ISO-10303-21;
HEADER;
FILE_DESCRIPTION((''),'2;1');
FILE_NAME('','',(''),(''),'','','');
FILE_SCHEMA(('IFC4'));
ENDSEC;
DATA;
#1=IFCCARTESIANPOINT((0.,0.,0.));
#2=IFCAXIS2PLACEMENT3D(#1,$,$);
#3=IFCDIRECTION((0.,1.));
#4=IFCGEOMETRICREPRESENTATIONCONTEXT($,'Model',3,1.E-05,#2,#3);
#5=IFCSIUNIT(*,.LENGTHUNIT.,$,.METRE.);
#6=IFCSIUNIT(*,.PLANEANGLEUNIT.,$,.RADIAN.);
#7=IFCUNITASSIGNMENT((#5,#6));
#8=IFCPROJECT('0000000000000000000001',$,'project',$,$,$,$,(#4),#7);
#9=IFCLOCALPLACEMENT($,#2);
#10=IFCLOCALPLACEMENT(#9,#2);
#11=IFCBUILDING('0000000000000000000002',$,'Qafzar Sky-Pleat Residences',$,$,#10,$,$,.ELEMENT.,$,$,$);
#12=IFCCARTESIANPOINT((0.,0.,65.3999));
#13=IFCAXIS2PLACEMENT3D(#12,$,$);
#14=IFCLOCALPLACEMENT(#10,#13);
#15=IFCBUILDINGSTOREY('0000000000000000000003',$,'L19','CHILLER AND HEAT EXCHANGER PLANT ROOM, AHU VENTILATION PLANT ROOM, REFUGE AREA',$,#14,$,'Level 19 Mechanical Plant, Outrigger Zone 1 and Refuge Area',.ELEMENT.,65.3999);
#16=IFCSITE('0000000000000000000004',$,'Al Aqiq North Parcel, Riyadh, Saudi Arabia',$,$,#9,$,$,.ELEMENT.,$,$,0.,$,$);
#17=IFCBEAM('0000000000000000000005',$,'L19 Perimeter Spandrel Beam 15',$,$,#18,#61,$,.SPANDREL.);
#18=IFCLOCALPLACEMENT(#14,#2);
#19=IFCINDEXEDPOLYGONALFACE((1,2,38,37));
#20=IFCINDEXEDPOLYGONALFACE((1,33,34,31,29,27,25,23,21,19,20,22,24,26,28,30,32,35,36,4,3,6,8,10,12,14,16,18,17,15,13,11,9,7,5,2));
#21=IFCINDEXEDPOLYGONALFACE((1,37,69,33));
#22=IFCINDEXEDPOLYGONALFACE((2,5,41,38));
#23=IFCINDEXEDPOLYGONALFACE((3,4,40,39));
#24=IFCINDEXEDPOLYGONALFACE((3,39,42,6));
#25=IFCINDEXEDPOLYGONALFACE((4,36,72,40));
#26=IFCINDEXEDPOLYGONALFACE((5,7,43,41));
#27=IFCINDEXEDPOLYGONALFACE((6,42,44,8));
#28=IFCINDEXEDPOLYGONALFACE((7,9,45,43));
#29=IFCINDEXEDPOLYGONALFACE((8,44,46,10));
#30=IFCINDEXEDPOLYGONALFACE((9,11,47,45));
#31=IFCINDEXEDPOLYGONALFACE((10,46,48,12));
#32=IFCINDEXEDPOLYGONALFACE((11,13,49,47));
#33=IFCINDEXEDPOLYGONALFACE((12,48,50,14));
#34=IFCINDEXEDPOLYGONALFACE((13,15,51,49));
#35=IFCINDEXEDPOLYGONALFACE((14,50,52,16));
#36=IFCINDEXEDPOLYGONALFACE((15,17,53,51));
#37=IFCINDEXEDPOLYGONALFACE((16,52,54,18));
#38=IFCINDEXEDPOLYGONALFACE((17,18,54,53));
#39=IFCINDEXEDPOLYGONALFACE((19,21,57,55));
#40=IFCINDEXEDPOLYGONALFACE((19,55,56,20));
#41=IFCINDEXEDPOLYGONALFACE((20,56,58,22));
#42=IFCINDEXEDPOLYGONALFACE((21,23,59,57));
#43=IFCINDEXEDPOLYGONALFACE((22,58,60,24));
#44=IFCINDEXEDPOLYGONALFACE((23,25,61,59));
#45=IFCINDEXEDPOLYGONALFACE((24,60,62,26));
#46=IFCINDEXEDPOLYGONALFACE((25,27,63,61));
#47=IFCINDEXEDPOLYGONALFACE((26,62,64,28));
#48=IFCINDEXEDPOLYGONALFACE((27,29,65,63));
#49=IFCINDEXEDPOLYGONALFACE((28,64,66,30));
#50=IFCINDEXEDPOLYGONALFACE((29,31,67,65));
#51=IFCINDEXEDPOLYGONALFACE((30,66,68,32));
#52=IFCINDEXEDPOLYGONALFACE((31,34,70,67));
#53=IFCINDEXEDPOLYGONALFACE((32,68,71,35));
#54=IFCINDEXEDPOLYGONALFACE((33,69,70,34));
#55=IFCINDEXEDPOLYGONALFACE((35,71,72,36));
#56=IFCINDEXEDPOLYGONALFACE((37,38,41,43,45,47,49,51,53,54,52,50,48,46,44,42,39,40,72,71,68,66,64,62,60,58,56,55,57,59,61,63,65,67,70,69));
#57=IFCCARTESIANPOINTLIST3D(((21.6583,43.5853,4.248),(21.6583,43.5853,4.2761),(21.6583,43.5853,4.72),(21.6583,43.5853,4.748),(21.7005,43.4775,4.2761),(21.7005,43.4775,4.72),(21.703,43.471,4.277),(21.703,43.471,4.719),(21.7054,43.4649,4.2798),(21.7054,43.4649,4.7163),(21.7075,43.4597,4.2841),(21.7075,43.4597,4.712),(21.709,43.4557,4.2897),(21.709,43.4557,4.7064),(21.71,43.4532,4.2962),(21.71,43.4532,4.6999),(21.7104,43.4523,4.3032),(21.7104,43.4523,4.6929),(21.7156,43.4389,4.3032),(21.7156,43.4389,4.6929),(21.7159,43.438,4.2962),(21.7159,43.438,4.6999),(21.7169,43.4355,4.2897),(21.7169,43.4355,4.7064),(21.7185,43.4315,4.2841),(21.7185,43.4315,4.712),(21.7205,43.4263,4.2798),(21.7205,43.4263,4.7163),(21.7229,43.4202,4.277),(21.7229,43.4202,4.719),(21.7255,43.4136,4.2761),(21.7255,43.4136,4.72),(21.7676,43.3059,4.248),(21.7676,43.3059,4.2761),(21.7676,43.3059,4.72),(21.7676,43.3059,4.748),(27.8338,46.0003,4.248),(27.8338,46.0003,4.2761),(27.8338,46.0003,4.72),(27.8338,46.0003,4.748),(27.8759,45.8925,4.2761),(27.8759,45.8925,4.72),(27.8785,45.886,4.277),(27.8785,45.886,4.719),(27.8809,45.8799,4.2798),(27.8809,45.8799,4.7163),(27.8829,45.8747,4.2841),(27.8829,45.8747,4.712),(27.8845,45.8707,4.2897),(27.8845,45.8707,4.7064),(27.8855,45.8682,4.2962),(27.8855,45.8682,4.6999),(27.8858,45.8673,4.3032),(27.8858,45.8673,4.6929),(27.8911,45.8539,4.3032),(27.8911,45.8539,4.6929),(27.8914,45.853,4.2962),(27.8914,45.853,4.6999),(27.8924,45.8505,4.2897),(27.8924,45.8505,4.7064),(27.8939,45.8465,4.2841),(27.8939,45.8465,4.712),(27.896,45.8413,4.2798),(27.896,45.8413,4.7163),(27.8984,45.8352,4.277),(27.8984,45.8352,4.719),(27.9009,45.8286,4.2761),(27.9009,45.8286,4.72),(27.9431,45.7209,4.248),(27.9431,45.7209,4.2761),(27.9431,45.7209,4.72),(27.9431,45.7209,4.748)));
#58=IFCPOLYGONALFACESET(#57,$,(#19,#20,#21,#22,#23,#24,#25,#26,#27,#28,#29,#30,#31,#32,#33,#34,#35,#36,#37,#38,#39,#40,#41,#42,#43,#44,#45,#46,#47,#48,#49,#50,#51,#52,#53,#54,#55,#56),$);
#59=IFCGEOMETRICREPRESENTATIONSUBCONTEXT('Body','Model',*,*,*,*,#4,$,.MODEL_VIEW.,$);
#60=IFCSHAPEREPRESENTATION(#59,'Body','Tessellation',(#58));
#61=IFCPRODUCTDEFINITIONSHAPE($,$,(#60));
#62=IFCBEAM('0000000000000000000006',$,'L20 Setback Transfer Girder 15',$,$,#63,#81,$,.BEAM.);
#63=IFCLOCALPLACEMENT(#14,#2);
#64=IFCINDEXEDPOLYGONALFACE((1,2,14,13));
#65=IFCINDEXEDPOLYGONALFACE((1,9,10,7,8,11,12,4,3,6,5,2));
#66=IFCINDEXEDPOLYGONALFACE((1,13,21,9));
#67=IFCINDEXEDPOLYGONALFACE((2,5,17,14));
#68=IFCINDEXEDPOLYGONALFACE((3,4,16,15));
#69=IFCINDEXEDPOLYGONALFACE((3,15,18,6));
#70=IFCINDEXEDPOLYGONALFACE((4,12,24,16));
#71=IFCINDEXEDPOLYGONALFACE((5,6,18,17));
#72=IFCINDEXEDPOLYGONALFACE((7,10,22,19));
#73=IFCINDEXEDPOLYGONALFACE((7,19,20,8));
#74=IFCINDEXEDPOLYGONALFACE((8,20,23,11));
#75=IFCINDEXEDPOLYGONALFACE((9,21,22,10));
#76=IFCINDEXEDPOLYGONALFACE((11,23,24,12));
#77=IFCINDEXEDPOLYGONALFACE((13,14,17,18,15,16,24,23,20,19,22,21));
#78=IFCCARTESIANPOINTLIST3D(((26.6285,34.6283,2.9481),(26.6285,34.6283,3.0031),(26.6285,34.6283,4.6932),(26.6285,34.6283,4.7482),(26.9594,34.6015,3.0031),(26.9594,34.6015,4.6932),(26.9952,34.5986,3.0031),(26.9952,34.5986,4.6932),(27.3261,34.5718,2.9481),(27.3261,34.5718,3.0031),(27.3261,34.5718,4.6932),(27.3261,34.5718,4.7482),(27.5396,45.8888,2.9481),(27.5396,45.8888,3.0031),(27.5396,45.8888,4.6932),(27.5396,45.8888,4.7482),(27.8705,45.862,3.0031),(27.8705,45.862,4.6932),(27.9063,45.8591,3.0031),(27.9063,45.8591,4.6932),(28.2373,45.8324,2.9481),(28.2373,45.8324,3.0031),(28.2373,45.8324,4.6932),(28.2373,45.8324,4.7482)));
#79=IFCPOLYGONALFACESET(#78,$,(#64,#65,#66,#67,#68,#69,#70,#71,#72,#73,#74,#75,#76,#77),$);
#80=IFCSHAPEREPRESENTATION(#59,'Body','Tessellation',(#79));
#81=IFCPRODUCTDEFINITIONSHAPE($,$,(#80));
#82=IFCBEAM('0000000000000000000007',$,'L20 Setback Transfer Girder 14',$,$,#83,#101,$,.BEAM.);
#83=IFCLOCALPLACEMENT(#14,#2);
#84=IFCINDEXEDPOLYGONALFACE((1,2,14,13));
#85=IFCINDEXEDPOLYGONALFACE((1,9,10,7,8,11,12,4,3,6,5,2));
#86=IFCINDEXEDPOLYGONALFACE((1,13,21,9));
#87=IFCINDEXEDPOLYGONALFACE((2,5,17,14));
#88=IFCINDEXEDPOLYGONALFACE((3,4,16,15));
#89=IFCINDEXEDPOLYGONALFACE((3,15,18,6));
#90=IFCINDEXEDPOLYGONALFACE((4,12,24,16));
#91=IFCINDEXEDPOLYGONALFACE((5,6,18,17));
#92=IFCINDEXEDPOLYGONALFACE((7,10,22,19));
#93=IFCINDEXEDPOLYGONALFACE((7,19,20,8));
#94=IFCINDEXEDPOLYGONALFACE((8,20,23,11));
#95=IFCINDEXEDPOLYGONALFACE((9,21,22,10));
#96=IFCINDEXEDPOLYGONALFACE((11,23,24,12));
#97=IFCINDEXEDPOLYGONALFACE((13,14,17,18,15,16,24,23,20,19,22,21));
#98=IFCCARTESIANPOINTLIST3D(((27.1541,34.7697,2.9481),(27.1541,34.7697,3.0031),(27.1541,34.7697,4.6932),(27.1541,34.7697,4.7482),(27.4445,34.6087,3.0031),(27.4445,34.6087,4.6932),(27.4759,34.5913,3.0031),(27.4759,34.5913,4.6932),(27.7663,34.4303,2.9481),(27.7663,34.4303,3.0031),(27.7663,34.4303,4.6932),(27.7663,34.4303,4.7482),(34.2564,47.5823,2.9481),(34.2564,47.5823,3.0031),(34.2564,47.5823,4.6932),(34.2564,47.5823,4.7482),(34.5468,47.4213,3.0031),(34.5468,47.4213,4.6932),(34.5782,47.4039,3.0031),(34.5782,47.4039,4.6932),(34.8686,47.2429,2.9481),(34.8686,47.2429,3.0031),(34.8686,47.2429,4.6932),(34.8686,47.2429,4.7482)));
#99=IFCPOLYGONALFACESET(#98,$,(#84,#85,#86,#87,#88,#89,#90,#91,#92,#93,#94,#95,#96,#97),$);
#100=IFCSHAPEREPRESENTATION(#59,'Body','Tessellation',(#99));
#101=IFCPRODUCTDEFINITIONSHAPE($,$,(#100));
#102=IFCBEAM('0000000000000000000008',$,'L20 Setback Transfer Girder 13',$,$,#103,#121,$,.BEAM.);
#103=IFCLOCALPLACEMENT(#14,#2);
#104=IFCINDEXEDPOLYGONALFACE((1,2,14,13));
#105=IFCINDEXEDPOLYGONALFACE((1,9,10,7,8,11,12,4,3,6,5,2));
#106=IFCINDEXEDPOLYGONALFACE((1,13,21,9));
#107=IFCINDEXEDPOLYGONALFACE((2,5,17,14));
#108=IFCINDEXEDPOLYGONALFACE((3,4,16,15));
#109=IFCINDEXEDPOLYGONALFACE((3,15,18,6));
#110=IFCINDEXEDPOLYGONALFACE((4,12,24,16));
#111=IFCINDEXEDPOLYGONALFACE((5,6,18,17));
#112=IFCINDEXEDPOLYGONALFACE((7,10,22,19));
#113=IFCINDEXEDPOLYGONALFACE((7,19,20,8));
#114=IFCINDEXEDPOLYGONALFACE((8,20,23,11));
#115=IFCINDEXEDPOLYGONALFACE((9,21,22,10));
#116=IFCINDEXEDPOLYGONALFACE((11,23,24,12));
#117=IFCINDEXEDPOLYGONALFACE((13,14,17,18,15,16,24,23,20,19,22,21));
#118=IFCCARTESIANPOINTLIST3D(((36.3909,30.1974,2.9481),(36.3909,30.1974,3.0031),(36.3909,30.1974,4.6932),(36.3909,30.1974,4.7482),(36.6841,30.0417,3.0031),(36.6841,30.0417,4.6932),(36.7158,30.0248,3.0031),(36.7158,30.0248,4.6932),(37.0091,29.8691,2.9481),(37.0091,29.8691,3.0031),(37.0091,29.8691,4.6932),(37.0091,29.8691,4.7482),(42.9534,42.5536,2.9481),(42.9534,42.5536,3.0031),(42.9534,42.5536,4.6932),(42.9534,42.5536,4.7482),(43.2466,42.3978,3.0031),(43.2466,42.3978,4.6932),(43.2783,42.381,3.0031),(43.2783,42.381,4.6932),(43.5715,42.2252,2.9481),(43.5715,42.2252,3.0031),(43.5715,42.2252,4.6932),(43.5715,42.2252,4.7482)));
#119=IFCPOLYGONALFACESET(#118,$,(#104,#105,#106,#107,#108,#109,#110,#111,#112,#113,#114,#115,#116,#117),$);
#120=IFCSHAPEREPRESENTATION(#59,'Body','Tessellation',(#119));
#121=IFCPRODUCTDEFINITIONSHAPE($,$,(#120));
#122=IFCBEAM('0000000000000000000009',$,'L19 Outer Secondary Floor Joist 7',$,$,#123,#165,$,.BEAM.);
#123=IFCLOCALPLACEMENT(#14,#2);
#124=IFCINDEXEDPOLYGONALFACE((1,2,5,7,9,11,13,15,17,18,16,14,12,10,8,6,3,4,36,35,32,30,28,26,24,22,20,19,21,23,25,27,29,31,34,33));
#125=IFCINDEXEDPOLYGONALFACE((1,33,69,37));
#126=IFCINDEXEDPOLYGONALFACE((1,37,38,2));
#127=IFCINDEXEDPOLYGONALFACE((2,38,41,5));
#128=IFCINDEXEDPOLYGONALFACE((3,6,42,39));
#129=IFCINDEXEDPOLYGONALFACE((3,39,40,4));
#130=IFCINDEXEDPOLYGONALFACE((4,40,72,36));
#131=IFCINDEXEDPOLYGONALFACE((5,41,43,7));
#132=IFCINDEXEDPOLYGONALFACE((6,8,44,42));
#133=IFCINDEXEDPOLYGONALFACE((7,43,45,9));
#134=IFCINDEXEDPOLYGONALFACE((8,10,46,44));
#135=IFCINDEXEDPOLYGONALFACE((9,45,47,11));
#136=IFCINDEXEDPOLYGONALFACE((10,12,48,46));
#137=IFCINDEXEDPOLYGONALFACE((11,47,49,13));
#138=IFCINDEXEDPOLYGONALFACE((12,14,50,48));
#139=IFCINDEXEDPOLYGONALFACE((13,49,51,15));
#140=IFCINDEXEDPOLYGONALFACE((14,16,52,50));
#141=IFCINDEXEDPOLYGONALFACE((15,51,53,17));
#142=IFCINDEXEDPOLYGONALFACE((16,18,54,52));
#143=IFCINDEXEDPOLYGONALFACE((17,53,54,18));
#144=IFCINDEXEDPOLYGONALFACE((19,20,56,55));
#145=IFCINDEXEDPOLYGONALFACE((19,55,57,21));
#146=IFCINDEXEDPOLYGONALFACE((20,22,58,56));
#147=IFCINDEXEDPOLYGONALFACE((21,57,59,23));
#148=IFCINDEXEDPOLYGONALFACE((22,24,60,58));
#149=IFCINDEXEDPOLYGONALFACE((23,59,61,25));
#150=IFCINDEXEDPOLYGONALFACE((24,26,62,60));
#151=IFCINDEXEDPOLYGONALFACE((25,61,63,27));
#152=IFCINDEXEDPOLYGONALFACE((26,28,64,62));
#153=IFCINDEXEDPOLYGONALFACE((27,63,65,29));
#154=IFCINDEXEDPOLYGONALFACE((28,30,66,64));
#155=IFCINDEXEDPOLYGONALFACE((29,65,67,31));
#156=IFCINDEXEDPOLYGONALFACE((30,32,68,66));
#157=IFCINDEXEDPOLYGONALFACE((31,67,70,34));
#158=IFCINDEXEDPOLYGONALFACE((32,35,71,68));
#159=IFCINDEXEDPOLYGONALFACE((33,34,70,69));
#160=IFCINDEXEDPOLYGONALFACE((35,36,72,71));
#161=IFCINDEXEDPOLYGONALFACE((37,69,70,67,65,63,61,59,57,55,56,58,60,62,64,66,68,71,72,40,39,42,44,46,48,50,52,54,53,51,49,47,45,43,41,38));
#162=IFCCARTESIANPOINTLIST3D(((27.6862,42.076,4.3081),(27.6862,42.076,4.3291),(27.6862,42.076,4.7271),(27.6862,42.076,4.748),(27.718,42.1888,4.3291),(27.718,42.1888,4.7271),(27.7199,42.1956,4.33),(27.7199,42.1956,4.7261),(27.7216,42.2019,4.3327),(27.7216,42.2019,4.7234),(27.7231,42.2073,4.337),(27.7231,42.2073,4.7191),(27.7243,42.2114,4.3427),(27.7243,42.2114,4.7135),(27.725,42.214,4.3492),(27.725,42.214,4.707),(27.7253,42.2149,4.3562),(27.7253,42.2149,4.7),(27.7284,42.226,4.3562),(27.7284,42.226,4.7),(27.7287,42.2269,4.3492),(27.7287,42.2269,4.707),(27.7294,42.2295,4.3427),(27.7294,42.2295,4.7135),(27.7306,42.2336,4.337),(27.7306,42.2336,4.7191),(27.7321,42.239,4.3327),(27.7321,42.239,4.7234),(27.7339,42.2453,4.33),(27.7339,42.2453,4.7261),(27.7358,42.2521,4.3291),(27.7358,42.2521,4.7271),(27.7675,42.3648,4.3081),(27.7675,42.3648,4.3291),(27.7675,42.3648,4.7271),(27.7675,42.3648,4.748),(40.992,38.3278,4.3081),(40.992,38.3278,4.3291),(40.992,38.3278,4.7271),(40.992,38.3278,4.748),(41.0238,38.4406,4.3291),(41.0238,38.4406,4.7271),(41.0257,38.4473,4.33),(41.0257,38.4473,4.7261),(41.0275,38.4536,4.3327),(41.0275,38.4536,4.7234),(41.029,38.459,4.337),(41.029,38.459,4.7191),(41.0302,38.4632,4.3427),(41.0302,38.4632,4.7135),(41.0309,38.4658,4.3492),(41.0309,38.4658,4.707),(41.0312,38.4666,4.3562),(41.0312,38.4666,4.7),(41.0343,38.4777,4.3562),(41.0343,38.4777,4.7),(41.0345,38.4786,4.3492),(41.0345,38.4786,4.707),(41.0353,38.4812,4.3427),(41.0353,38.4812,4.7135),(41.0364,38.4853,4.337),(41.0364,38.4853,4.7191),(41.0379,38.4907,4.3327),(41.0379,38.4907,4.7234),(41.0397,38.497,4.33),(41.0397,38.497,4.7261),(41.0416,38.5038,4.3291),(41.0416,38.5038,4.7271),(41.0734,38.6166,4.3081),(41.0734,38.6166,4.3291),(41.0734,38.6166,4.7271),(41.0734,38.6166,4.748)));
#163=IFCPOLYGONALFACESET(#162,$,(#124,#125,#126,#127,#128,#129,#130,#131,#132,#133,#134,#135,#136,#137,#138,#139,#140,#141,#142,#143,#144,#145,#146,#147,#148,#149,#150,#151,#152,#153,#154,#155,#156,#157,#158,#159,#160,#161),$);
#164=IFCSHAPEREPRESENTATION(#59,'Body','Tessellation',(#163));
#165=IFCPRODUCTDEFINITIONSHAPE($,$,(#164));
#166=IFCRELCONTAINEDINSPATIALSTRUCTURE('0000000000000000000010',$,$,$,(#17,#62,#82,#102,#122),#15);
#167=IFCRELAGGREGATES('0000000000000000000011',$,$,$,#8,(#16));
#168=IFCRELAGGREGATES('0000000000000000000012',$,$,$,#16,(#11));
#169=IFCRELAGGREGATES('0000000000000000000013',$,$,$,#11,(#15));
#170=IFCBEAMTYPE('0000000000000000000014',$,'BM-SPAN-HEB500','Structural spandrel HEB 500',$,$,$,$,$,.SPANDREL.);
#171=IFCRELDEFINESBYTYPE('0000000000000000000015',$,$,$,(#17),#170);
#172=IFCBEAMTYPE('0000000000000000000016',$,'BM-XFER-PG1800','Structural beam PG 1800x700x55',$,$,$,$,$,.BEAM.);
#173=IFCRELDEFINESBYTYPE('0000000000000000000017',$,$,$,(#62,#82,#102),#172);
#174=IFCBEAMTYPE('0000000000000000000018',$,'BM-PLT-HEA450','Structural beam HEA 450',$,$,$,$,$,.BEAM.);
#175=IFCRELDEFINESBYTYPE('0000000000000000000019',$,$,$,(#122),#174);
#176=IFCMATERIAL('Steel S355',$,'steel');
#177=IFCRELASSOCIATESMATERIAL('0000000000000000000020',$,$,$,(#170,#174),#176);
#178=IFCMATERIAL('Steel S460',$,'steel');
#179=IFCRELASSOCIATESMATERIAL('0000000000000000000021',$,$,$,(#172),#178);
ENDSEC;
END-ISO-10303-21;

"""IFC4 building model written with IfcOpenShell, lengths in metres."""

from ifc_helpers import new_model, si_unit, direction, frame, origin, origin_2d, place, context, subcontext, project, spatial, i_section, extrude, source, transform, mapped, material, material_profile, profile_set, type_object, element, save


model = new_model("IFC4")

# Units and contexts
model_context = context("Model", 3, precision=1e-05, world=origin(), true_north=direction((0.0, 1.0)))
body_context = subcontext(model_context, "Body", "Model", "MODEL_VIEW")
ifc_project = project(units=[si_unit("LENGTHUNIT", "METRE"), si_unit("PLANEANGLEUNIT", "RADIAN")], contexts=[model_context])

# Site, building, storey
site_placement = place(None, origin())
site = spatial("IfcSite", under=ifc_project, at=site_placement, Name="Al Aqiq North Parcel, Riyadh, Saudi Arabia", CompositionType="ELEMENT", RefElevation=0.0)
building_placement = place(site_placement, origin())
building = spatial("IfcBuilding", under=site, at=building_placement, Name="Qafzar Sky-Pleat Residences", CompositionType="ELEMENT")
storey_placement = place(building_placement, frame((0.0, 0.0, 65.3999)))
storey = spatial("IfcBuildingStorey", under=building, at=storey_placement, Name="L19", Description="CHILLER AND HEAT EXCHANGER PLANT ROOM, AHU VENTILATION PLANT ROOM, REFUGE AREA", LongName="Level 19 Mechanical Plant, Outrigger Zone 1 and Refuge Area", CompositionType="ELEMENT", Elevation=65.3999)

# Shared definitions
ifc_material_1 = material(Name="Steel S460", Category="steel")

# Beams
ifc_material_2 = material(Name="Steel S355", Category="steel")
ifc_material_profile_1 = material_profile(ifc_material_2, i_section(OverallWidth=0.3, OverallDepth=0.5, WebThickness=0.0144, FlangeThickness=0.0281, FilletRadius=0.0271, at=origin_2d()), Name="HEB 500")
ifc_profile_set_1 = profile_set([ifc_material_profile_1], Name="Steel S355")
beam_type_1 = type_object("IfcBeamType", Name="BM-SPAN-HEB500", Description="Structural spandrel HEB 500", PredefinedType="SPANDREL", material=ifc_profile_set_1)
shared_shape_1 = source(origin(), body_context, "Body", "SweptSolid", [
    extrude(i_section(OverallWidth=0.3, OverallDepth=0.5, WebThickness=0.0144, FlangeThickness=0.0281, FilletRadius=0.0271, at=origin_2d()), origin(), (0.0, 0.0, 1.0), 6.6309),
])
beam_1_placement = place(storey_placement, frame((27.8884, 45.8606, 4.498), z_axis=(-0.931318, -0.364206, 0.0), x_axis=(0.364206, -0.931318, 0.0)))
element("IfcBeam", 1, at=beam_1_placement, inside=storey, type_object=beam_type_1, Name="L19 Perimeter Spandrel Beam 15", PredefinedType="SPANDREL", context=body_context, shape_type="MappedRepresentation", body=[
    mapped(shared_shape_1, transform((0.0, 0.0, 0.0), x_axis=(1.0, 0.0, 0.0), y_axis=(0.0, 1.0, 0.0), z_axis=(0.0, 0.0, 1.0), scale=1.0)),
])
ifc_material_profile_2 = material_profile(ifc_material_1, i_section(OverallWidth=0.7, OverallDepth=1.8, WebThickness=0.0359, FlangeThickness=0.0549, at=origin_2d()), Name="PG 1800x700x55")
ifc_profile_set_2 = profile_set([ifc_material_profile_2], Name="Steel S460")
beam_type_2 = type_object("IfcBeamType", Name="BM-XFER-PG1800", Description="Structural beam PG 1800x700x55", PredefinedType="BEAM", material=ifc_profile_set_2)
shared_shape_2 = source(origin(), body_context, "Body", "SweptSolid", [
    extrude(i_section(OverallWidth=0.7, OverallDepth=1.8, WebThickness=0.0359, FlangeThickness=0.0549, at=origin_2d()), origin(), (0.0, 0.0, 1.0), 11.2974),
])
beam_2_placement = place(storey_placement, frame((27.8884, 45.8606, 3.8481), z_axis=(-0.08065, -0.996742, 0.0), x_axis=(0.996742, -0.08065, 0.0)))
element("IfcBeam", 2, at=beam_2_placement, inside=storey, type_object=beam_type_2, Name="L20 Setback Transfer Girder 15", PredefinedType="BEAM", context=body_context, shape_type="MappedRepresentation", body=[
    mapped(shared_shape_2, transform((0.0, 0.0, 0.0), x_axis=(1.0, 0.0, 0.0), y_axis=(0.0, 1.0, 0.0), z_axis=(0.0, 0.0, 1.0), scale=1.0)),
])
shared_shape_3 = source(origin(), body_context, "Body", "SweptSolid", [
    extrude(i_section(OverallWidth=0.7, OverallDepth=1.8, WebThickness=0.0359, FlangeThickness=0.0549, at=origin_2d()), origin(), (0.0, 0.0, 1.0), 14.6494),
])
beam_3_placement = place(storey_placement, frame((34.5625, 47.4126, 3.8481), z_axis=(-0.484821, -0.874614, 0.0), x_axis=(0.874614, -0.484821, 0.0)))
element("IfcBeam", 3, at=beam_3_placement, inside=storey, type_object=beam_type_2, Name="L20 Setback Transfer Girder 14", PredefinedType="BEAM", context=body_context, shape_type="MappedRepresentation", body=[
    mapped(shared_shape_3, transform((0.0, 0.0, 0.0), x_axis=(1.0, 0.0, 0.0), y_axis=(0.0, 1.0, 0.0), z_axis=(0.0, 0.0, 1.0), scale=1.0)),
])
shared_shape_4 = source(origin(), body_context, "Body", "SweptSolid", [
    extrude(i_section(OverallWidth=0.7, OverallDepth=1.8, WebThickness=0.0359, FlangeThickness=0.0549, at=origin_2d()), origin(), (0.0, 0.0, 1.0), 13.9907),
])
beam_4_placement = place(storey_placement, frame((43.2625, 42.3894, 3.8481), z_axis=(-0.469059, -0.883167, 0.0), x_axis=(0.883167, -0.469059, 0.0)))
element("IfcBeam", 4, at=beam_4_placement, inside=storey, type_object=beam_type_2, Name="L20 Setback Transfer Girder 13", PredefinedType="BEAM", context=body_context, shape_type="MappedRepresentation", body=[
    mapped(shared_shape_4, transform((0.0, 0.0, 0.0), x_axis=(1.0, 0.0, 0.0), y_axis=(0.0, 1.0, 0.0), z_axis=(0.0, 0.0, 1.0), scale=1.0)),
])
ifc_material_profile_3 = material_profile(ifc_material_2, i_section(OverallWidth=0.3, OverallDepth=0.4399, WebThickness=0.0115, FlangeThickness=0.021, FilletRadius=0.0271, at=origin_2d()), Name="HEA 450")
ifc_profile_set_3 = profile_set([ifc_material_profile_3], Name="Steel S355")
beam_type_3 = type_object("IfcBeamType", Name="BM-PLT-HEA450", Description="Structural beam HEA 450", PredefinedType="BEAM", material=ifc_profile_set_3)
shared_shape_5 = source(origin(), body_context, "Body", "SweptSolid", [
    extrude(i_section(OverallWidth=0.3, OverallDepth=0.4399, WebThickness=0.0115, FlangeThickness=0.021, FilletRadius=0.0271, at=origin_2d()), origin(), (0.0, 0.0, 1.0), 13.8237),
])
beam_5_placement = place(storey_placement, frame((41.0327, 38.4722, 4.5281), z_axis=(-0.962538, 0.271148, 0.0), x_axis=(-0.271148, -0.962538, 0.0)))
element("IfcBeam", 5, at=beam_5_placement, inside=storey, type_object=beam_type_3, Name="L19 Outer Secondary Floor Joist 7", PredefinedType="BEAM", context=body_context, shape_type="MappedRepresentation", body=[
    mapped(shared_shape_5, transform((0.0, 0.0, 0.0), x_axis=(1.0, 0.0, 0.0), y_axis=(0.0, 1.0, 0.0), z_axis=(0.0, 0.0, 1.0), scale=1.0)),
])

save(model, "model.ifc")
